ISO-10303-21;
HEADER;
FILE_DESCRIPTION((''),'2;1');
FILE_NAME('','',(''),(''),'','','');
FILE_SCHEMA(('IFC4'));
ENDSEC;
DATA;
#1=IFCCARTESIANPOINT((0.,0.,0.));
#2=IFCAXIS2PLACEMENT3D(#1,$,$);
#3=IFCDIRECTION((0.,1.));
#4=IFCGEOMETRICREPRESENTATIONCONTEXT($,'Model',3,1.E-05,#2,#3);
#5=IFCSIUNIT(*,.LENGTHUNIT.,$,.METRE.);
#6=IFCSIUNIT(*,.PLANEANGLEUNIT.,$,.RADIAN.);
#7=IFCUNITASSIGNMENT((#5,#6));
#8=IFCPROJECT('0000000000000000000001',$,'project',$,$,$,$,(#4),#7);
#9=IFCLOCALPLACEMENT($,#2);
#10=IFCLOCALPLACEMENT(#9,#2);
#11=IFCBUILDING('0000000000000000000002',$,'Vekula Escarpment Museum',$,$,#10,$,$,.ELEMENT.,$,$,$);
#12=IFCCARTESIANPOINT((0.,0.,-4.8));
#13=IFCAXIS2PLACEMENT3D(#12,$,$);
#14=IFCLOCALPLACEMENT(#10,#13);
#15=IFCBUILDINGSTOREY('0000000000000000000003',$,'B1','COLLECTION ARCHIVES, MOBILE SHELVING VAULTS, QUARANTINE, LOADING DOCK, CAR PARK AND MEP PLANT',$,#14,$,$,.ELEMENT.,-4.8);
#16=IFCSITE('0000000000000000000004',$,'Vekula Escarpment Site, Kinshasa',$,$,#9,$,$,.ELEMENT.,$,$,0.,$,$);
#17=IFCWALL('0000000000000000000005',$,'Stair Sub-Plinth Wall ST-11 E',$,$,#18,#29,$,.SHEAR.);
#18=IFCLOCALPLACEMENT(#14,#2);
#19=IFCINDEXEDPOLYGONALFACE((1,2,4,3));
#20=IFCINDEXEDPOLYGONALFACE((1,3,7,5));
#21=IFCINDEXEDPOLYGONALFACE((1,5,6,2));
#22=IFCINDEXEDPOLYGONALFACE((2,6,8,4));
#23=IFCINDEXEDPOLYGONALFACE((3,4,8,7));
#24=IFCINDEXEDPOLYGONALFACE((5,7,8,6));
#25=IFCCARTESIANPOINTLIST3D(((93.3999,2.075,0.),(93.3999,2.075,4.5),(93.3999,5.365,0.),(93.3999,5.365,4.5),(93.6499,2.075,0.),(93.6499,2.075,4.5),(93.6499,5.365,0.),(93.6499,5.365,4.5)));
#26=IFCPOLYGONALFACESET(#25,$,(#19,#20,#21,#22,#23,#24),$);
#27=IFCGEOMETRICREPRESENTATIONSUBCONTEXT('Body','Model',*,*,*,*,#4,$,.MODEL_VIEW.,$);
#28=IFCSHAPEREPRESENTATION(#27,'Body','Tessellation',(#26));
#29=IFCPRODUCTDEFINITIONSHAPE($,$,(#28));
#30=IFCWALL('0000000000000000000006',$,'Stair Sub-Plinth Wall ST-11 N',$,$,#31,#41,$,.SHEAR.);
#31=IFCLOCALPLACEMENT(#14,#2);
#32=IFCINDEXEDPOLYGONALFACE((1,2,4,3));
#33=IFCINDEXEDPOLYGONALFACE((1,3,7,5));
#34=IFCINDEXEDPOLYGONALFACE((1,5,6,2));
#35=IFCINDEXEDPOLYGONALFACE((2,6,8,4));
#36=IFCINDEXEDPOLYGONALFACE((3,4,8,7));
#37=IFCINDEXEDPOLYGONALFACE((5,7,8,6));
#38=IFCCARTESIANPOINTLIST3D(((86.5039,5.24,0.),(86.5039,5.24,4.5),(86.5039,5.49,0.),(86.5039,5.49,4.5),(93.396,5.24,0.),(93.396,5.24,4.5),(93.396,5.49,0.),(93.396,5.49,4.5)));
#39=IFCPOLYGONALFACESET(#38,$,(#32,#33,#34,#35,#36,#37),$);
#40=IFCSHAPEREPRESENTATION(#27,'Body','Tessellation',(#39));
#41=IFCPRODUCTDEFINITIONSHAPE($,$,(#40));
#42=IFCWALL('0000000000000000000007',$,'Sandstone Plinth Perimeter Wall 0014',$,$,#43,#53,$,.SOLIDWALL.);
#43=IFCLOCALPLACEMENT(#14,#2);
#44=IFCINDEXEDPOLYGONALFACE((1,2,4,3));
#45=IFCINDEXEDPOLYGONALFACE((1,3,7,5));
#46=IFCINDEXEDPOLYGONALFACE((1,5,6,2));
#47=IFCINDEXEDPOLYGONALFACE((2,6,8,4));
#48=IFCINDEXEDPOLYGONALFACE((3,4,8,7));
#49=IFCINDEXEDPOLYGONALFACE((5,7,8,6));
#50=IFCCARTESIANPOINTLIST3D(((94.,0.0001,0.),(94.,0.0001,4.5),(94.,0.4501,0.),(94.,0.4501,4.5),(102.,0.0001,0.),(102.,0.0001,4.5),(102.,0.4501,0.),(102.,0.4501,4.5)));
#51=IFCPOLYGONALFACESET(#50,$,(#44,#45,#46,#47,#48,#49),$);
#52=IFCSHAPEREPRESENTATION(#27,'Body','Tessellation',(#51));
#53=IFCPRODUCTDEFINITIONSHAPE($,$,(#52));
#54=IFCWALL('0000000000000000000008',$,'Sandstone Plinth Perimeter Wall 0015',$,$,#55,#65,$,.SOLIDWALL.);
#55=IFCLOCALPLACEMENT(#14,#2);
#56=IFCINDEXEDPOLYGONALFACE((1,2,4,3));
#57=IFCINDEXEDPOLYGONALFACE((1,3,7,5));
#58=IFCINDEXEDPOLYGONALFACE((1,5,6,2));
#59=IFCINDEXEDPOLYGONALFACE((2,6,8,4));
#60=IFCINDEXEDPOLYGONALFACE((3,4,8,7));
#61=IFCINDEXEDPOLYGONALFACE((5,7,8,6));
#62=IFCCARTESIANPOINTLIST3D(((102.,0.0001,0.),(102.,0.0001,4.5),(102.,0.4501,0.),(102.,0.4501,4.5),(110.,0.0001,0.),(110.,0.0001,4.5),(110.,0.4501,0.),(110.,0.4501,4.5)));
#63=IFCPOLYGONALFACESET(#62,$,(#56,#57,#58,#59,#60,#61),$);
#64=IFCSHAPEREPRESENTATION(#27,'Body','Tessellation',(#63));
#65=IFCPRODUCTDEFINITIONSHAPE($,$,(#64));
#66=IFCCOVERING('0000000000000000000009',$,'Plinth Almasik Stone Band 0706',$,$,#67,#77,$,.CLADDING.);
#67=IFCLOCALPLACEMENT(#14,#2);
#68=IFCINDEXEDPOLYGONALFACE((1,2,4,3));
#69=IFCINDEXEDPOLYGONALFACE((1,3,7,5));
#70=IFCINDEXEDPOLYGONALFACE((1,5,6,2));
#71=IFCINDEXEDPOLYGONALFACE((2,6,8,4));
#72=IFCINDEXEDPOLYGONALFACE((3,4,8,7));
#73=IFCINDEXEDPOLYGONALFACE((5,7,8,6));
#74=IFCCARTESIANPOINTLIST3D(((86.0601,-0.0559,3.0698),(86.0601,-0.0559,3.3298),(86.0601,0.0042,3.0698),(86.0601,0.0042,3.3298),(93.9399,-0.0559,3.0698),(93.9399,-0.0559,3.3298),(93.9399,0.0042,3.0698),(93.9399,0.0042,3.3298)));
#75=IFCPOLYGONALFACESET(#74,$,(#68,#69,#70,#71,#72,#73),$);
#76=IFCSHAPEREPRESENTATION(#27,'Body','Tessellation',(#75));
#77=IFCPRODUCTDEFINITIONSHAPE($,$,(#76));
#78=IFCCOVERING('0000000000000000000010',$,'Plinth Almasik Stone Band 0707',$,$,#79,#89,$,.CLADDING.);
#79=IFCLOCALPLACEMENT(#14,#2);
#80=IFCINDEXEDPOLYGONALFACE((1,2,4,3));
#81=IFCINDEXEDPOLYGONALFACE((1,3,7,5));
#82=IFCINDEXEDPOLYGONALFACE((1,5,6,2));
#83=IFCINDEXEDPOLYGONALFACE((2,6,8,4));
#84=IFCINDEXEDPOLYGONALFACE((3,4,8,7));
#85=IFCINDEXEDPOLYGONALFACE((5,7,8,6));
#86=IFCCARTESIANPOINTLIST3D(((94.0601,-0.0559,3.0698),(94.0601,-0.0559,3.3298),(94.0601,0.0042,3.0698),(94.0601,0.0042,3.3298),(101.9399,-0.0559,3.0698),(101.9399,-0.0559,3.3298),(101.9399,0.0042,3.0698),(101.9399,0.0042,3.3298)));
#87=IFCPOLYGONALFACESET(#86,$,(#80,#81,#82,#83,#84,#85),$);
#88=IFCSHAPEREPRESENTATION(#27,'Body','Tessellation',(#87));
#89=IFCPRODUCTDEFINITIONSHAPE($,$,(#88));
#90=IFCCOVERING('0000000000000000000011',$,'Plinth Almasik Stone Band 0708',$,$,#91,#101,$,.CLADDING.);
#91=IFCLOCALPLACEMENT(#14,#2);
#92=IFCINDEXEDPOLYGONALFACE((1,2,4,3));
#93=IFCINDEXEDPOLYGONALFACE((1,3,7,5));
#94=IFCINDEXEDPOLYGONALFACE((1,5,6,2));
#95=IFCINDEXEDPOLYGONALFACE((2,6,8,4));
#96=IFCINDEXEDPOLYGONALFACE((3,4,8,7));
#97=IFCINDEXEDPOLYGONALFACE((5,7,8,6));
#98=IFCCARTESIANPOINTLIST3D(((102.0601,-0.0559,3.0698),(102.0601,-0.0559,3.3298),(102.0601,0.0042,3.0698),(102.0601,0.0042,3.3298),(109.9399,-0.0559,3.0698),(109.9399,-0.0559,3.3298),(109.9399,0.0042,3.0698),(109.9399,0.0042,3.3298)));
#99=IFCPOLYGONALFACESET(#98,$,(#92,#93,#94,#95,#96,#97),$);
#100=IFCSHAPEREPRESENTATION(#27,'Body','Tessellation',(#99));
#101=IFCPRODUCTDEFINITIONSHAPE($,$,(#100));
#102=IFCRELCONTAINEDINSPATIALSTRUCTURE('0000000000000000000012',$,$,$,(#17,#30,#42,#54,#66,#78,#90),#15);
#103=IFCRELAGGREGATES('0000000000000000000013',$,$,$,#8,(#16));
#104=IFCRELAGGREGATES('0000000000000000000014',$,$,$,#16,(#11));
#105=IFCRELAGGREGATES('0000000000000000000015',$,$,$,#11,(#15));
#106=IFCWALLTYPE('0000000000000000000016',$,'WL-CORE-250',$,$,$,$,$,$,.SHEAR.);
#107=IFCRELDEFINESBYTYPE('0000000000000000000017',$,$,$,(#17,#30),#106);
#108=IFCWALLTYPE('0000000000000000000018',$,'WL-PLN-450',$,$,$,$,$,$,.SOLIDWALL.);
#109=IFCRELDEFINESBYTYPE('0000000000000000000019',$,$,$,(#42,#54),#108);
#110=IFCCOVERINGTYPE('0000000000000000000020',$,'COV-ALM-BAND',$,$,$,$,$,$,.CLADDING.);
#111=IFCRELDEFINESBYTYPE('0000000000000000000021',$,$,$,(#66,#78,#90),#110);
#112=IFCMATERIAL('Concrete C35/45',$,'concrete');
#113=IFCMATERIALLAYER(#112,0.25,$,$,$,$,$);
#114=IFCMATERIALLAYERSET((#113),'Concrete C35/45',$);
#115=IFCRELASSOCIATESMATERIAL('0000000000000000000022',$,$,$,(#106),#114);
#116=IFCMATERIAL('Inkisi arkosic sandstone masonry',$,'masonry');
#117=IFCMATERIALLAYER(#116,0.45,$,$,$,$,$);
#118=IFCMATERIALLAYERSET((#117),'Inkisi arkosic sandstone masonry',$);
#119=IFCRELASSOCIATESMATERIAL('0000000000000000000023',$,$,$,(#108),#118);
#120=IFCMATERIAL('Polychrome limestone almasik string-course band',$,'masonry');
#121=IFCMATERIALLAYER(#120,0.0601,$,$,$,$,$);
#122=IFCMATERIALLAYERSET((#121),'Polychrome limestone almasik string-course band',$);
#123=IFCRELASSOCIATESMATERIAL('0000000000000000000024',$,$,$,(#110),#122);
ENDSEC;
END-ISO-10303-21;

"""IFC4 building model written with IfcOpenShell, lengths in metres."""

from ifc_helpers import new_model, si_unit, direction, frame, frame_2d, origin, origin_2d, place, context, subcontext, project, spatial, rectangle, extrude, material, layer, layer_set, type_object, element, save


model = new_model("IFC4")

# Units and contexts
model_context = context("Model", 3, precision=1e-05, world=origin(), true_north=direction((0.0, 1.0)))
body_context = subcontext(model_context, "Body", "Model", "MODEL_VIEW")
ifc_project = project(units=[si_unit("LENGTHUNIT", "METRE"), si_unit("PLANEANGLEUNIT", "RADIAN")], contexts=[model_context])

# Site, building, storey
site_placement = place(None, origin())
site = spatial("IfcSite", under=ifc_project, at=site_placement, Name="Vekula Escarpment Site, Kinshasa", CompositionType="ELEMENT", RefElevation=0.0)
building_placement = place(site_placement, origin())
building = spatial("IfcBuilding", under=site, at=building_placement, Name="Vekula Escarpment Museum", CompositionType="ELEMENT")
storey_placement = place(building_placement, frame((0.0, 0.0, -4.8)))
storey = spatial("IfcBuildingStorey", under=building, at=storey_placement, Name="B1", Description="COLLECTION ARCHIVES, MOBILE SHELVING VAULTS, QUARANTINE, LOADING DOCK, CAR PARK AND MEP PLANT", CompositionType="ELEMENT", Elevation=-4.8)

# Walls
ifc_material_1 = material(Name="Concrete C35/45", Category="concrete")
ifc_layer_1 = layer(ifc_material_1, 0.25)
ifc_layer_set_1 = layer_set([ifc_layer_1], Name="Concrete C35/45")
wall_type_1 = type_object("IfcWallType", Name="WL-CORE-250", PredefinedType="SHEAR", material=ifc_layer_set_1)
wall_1_placement = place(storey_placement, frame((93.5249, 2.075, 0.0), z_axis=(0.0, 0.0, 1.0), x_axis=(0.0, 1.0, 0.0)))
element("IfcWall", 1, at=wall_1_placement, inside=storey, type_object=wall_type_1, Name="Stair Sub-Plinth Wall ST-11 E", PredefinedType="SHEAR", context=body_context, shape_type="SweptSolid", body=[
    extrude(rectangle(XDim=3.29, YDim=0.25, at=frame_2d((1.645, 0.0))), origin(), (0.0, 0.0, 1.0), 4.5),
])
wall_2_placement = place(storey_placement, frame((86.5039, 5.365, 0.0), z_axis=(0.0, 0.0, 1.0), x_axis=(1.0, 0.0, 0.0)))
element("IfcWall", 2, at=wall_2_placement, inside=storey, type_object=wall_type_1, Name="Stair Sub-Plinth Wall ST-11 N", PredefinedType="SHEAR", context=body_context, shape_type="SweptSolid", body=[
    extrude(rectangle(XDim=6.8921, YDim=0.25, at=frame_2d((3.446, 0.0))), origin(), (0.0, 0.0, 1.0), 4.5),
])
ifc_material_2 = material(Name="Inkisi arkosic sandstone masonry", Category="masonry")
ifc_layer_2 = layer(ifc_material_2, 0.45)
ifc_layer_set_2 = layer_set([ifc_layer_2], Name="Inkisi arkosic sandstone masonry")
wall_type_2 = type_object("IfcWallType", Name="WL-PLN-450", PredefinedType="SOLIDWALL", material=ifc_layer_set_2)
for number, where, z_axis, x_axis, name in (
    (3, (94.0, 0.2251, 0.0), (0.0, 0.0, 1.0), (1.0, 0.0, 0.0), "Sandstone Plinth Perimeter Wall 0014"),
    (4, (102.0, 0.2251, 0.0), (0.0, 0.0, 1.0), (1.0, 0.0, 0.0), "Sandstone Plinth Perimeter Wall 0015"),
):
    element("IfcWall", number, at=place(storey_placement, frame(where, z_axis=z_axis, x_axis=x_axis)), inside=storey, type_object=wall_type_2, Name=name, PredefinedType="SOLIDWALL", context=body_context, shape_type="SweptSolid", body=[
        extrude(rectangle(XDim=8.0, YDim=0.45, at=frame_2d((4.0, 0.0))), origin(), (0.0, 0.0, 1.0), 4.5),
    ])

# Coverings
ifc_material_3 = material(Name="Polychrome limestone almasik string-course band", Category="masonry")
ifc_layer_3 = layer(ifc_material_3, 0.0601)
ifc_layer_set_3 = layer_set([ifc_layer_3], Name="Polychrome limestone almasik string-course band")
covering_type = type_object("IfcCoveringType", Name="COV-ALM-BAND", PredefinedType="CLADDING", material=ifc_layer_set_3)
for number, where, z_axis, x_axis, name in (
    (5, (90.0, -0.0259, 3.0698), (0.0, 0.0, 1.0), (1.0, 0.0, 0.0), "Plinth Almasik Stone Band 0706"),
    (6, (98.0, -0.0259, 3.0698), (0.0, 0.0, 1.0), (1.0, 0.0, 0.0), "Plinth Almasik Stone Band 0707"),
    (7, (106.0, -0.0259, 3.0698), (0.0, 0.0, 1.0), (1.0, 0.0, 0.0), "Plinth Almasik Stone Band 0708"),
):
    element("IfcCovering", number, at=place(storey_placement, frame(where, z_axis=z_axis, x_axis=x_axis)), inside=storey, type_object=covering_type, Name=name, PredefinedType="CLADDING", context=body_context, shape_type="SweptSolid", body=[
        extrude(rectangle(XDim=7.8799, YDim=0.0601, at=origin_2d()), origin(), (0.0, 0.0, 1.0), 0.26),
    ])

save(model, "model.ifc")
